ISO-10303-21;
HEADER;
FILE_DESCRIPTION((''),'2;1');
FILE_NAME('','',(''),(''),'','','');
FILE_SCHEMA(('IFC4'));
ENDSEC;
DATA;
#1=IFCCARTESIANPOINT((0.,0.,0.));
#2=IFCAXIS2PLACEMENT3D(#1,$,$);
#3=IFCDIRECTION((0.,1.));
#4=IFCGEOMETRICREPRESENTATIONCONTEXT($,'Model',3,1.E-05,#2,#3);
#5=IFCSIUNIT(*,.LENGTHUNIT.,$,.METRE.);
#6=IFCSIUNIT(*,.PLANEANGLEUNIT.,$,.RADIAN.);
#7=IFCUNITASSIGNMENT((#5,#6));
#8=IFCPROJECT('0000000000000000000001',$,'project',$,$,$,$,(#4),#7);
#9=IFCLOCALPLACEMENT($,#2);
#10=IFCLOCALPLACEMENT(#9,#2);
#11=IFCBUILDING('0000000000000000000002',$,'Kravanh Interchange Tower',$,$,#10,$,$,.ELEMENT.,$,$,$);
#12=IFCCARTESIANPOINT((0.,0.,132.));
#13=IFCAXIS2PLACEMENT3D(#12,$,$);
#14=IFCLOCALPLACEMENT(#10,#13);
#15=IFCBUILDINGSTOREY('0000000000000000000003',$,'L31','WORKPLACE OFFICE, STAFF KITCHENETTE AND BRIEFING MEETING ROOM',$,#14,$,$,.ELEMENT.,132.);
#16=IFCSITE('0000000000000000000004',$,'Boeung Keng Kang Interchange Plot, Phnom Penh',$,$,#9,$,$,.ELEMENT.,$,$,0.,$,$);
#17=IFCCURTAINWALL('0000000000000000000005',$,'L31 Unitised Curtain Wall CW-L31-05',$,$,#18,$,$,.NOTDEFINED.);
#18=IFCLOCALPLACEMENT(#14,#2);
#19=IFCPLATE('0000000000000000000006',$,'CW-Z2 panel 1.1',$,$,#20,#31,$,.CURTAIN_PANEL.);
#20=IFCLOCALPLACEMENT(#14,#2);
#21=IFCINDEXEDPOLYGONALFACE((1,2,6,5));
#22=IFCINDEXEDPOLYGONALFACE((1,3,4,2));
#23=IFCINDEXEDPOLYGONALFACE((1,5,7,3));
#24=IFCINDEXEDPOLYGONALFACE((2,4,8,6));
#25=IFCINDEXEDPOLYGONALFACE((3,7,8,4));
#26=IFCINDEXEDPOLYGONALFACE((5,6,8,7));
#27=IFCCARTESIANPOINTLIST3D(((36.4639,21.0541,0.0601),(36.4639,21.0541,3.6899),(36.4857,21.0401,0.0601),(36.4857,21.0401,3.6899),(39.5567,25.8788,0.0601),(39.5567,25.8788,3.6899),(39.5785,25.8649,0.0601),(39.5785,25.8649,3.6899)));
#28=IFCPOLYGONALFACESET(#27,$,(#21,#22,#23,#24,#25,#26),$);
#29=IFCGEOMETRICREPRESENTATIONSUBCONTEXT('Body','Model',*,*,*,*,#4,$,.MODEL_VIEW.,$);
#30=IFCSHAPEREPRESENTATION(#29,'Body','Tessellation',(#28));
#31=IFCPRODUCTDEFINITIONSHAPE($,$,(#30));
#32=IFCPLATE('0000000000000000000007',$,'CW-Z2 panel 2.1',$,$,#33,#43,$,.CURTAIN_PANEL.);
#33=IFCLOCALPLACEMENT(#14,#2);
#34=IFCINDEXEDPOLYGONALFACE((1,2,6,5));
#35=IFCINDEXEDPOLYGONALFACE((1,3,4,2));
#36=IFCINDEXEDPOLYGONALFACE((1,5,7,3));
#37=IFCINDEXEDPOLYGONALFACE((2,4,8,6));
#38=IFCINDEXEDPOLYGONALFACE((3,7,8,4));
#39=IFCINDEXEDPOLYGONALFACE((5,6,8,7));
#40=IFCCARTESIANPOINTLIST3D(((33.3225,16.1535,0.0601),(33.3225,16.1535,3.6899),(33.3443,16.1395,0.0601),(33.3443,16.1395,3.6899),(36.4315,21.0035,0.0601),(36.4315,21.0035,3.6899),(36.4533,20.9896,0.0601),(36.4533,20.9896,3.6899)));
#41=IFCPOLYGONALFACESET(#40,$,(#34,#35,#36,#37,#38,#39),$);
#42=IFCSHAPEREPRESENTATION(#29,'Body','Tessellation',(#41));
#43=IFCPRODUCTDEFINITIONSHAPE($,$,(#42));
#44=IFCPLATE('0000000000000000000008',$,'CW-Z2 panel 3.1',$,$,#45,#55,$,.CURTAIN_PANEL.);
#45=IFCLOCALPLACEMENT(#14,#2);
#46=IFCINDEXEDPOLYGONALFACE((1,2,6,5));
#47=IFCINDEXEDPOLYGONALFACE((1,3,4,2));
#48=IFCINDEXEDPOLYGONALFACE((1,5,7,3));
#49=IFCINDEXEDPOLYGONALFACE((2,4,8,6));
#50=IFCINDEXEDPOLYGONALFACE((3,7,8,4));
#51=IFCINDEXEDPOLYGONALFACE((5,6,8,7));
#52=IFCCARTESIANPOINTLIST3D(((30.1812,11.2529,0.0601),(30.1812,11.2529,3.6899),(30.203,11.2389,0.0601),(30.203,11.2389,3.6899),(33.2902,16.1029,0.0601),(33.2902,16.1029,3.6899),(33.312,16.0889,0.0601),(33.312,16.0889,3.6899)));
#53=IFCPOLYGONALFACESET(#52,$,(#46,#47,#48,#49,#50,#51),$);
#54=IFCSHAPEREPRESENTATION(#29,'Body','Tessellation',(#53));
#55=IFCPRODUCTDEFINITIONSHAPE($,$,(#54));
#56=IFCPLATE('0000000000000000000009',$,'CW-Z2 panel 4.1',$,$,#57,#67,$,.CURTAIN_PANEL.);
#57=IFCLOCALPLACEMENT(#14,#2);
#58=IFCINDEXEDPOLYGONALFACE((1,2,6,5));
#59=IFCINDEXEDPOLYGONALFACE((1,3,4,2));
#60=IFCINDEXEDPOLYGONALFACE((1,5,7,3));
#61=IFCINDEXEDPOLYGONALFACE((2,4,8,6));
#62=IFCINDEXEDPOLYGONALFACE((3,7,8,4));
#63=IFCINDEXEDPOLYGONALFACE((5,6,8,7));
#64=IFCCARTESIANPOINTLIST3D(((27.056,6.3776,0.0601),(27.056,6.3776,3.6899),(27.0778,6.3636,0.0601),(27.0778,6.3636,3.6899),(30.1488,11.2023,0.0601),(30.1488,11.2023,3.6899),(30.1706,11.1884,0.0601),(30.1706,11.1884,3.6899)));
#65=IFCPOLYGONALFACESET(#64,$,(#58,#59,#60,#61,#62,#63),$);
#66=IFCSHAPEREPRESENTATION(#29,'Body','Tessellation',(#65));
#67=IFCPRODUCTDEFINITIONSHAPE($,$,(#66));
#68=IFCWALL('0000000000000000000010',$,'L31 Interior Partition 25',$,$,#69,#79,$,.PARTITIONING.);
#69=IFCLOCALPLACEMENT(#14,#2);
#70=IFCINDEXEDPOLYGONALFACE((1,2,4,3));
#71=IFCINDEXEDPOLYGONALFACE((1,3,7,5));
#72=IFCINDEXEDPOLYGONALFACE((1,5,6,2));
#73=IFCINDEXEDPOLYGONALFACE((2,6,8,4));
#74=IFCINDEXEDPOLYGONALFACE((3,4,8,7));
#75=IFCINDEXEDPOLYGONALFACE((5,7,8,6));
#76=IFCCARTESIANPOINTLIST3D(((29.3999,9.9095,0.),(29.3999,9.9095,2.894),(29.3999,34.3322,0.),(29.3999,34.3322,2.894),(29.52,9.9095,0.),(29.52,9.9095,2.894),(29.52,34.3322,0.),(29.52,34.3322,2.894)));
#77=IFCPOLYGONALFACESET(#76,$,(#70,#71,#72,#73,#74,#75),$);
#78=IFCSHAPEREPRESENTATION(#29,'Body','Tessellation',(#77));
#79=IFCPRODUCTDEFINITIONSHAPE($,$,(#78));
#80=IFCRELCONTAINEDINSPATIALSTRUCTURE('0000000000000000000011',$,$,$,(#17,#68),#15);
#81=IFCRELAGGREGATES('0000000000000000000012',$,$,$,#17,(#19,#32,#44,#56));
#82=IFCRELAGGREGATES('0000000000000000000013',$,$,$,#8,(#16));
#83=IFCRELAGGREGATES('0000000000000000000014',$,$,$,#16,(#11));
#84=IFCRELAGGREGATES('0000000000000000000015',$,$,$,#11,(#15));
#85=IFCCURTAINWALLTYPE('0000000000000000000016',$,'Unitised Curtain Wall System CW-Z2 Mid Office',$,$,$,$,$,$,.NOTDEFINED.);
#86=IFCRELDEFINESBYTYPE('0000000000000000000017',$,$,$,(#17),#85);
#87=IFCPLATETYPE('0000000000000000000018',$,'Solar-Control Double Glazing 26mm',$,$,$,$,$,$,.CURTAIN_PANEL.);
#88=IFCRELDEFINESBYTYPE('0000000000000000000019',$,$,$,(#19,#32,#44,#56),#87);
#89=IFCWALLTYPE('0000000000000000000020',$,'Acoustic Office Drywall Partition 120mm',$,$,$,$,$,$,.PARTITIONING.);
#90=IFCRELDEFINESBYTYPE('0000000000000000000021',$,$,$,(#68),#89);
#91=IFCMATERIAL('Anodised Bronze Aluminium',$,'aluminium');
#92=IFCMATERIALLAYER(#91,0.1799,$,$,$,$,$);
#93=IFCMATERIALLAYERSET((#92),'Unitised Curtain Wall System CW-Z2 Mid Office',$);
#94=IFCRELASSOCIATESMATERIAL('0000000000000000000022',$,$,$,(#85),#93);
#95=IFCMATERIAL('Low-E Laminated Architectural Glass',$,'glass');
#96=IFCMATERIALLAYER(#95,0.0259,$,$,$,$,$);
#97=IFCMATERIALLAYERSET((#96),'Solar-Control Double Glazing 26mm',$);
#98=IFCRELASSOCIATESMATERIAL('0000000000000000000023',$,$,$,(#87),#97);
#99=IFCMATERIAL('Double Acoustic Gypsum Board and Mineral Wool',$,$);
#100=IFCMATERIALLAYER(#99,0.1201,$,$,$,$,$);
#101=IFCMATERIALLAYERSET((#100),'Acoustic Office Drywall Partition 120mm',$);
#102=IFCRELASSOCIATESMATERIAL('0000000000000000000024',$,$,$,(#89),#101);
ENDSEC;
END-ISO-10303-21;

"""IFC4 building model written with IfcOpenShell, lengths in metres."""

from ifc_helpers import new_model, si_unit, direction, frame, frame_2d, origin, origin_2d, place, context, subcontext, project, spatial, rectangle, extrude, material, layer, layer_set, type_object, element, aggregate, save


model = new_model("IFC4")

# Units and contexts
model_context = context("Model", 3, precision=1e-05, world=origin(), true_north=direction((0.0, 1.0)))
body_context = subcontext(model_context, "Body", "Model", "MODEL_VIEW")
ifc_project = project(units=[si_unit("LENGTHUNIT", "METRE"), si_unit("PLANEANGLEUNIT", "RADIAN")], contexts=[model_context])

# Site, building, storey
site_placement = place(None, origin())
site = spatial("IfcSite", under=ifc_project, at=site_placement, Name="Boeung Keng Kang Interchange Plot, Phnom Penh", CompositionType="ELEMENT", RefElevation=0.0)
building_placement = place(site_placement, origin())
building = spatial("IfcBuilding", under=site, at=building_placement, Name="Kravanh Interchange Tower", CompositionType="ELEMENT")
storey_placement = place(building_placement, frame((0.0, 0.0, 132.0)))
storey = spatial("IfcBuildingStorey", under=building, at=storey_placement, Name="L31", Description="WORKPLACE OFFICE, STAFF KITCHENETTE AND BRIEFING MEETING ROOM", CompositionType="ELEMENT", Elevation=132.0)

# Curtain wall
ifc_material_1 = material(Name="Anodised Bronze Aluminium", Category="aluminium")
ifc_layer_1 = layer(ifc_material_1, 0.1799)
ifc_layer_set_1 = layer_set([ifc_layer_1], Name="Unitised Curtain Wall System CW-Z2 Mid Office")
curtain_wall_type = type_object("IfcCurtainWallType", Name="Unitised Curtain Wall System CW-Z2 Mid Office", PredefinedType="NOTDEFINED", material=ifc_layer_set_1)
curtain_wall_placement = place(storey_placement, origin())
curtain_wall = element("IfcCurtainWall", 1, at=curtain_wall_placement, inside=storey, type_object=curtain_wall_type, Name="L31 Unitised Curtain Wall CW-L31-05", PredefinedType="NOTDEFINED")

# Plates
ifc_material_2 = material(Name="Low-E Laminated Architectural Glass", Category="glass")
ifc_layer_2 = layer(ifc_material_2, 0.0259)
ifc_layer_set_2 = layer_set([ifc_layer_2], Name="Solar-Control Double Glazing 26mm")
plate_type = type_object("IfcPlateType", Name="Solar-Control Double Glazing 26mm", PredefinedType="CURTAIN_PANEL", material=ifc_layer_set_2)
plate_1_placement = place(storey_placement, frame((38.0212, 23.4595, 0.0601), z_axis=(0.0, 0.0, 1.0), x_axis=(-0.539665, -0.84188, 0.0)))
plate_1 = element("IfcPlate", 2, at=plate_1_placement, type_object=plate_type, Name="CW-Z2 panel 1.1", PredefinedType="CURTAIN_PANEL", context=body_context, shape_type="SweptSolid", body=[
    extrude(rectangle(XDim=5.731, YDim=0.0259, at=origin_2d()), origin(), (0.0, 0.0, 1.0), 3.6299),
])
plate_2_placement = place(storey_placement, frame((34.8879, 18.5715, 0.0601), z_axis=(0.0, 0.0, 1.0), x_axis=(-0.539665, -0.84188, 0.0)))
plate_2 = element("IfcPlate", 3, at=plate_2_placement, type_object=plate_type, Name="CW-Z2 panel 2.1", PredefinedType="CURTAIN_PANEL", context=body_context, shape_type="SweptSolid", body=[
    extrude(rectangle(XDim=5.761, YDim=0.0259, at=origin_2d()), origin(), (0.0, 0.0, 1.0), 3.6299),
])
plate_3_placement = place(storey_placement, frame((31.7466, 13.6709, 0.0601), z_axis=(0.0, 0.0, 1.0), x_axis=(-0.539665, -0.84188, 0.0)))
plate_3 = element("IfcPlate", 4, at=plate_3_placement, type_object=plate_type, Name="CW-Z2 panel 3.1", PredefinedType="CURTAIN_PANEL", context=body_context, shape_type="SweptSolid", body=[
    extrude(rectangle(XDim=5.761, YDim=0.0259, at=origin_2d()), origin(), (0.0, 0.0, 1.0), 3.6299),
])
plate_4_placement = place(storey_placement, frame((28.6133, 8.783, 0.0601), z_axis=(0.0, 0.0, 1.0), x_axis=(-0.539665, -0.84188, 0.0)))
plate_4 = element("IfcPlate", 5, at=plate_4_placement, type_object=plate_type, Name="CW-Z2 panel 4.1", PredefinedType="CURTAIN_PANEL", context=body_context, shape_type="SweptSolid", body=[
    extrude(rectangle(XDim=5.731, YDim=0.0259, at=origin_2d()), origin(), (0.0, 0.0, 1.0), 3.6299),
])
aggregate(curtain_wall, [plate_1, plate_2, plate_3, plate_4])

# Wall
ifc_material_3 = material(Name="Double Acoustic Gypsum Board and Mineral Wool")
ifc_layer_3 = layer(ifc_material_3, 0.1201)
ifc_layer_set_3 = layer_set([ifc_layer_3], Name="Acoustic Office Drywall Partition 120mm")
wall_type = type_object("IfcWallType", Name="Acoustic Office Drywall Partition 120mm", PredefinedType="PARTITIONING", material=ifc_layer_set_3)
wall_placement = place(storey_placement, frame((29.46, 9.9094, 0.0), z_axis=(0.0, 0.0, 1.0), x_axis=(0.0, 1.0, 0.0)))
element("IfcWall", 6, at=wall_placement, inside=storey, type_object=wall_type, Name="L31 Interior Partition 25", PredefinedType="PARTITIONING", context=body_context, shape_type="SweptSolid", body=[
    extrude(rectangle(XDim=24.4226, YDim=0.1201, at=frame_2d((12.2114, 0.0))), origin(), (0.0, 0.0, 1.0), 2.894),
])

save(model, "model.ifc")
